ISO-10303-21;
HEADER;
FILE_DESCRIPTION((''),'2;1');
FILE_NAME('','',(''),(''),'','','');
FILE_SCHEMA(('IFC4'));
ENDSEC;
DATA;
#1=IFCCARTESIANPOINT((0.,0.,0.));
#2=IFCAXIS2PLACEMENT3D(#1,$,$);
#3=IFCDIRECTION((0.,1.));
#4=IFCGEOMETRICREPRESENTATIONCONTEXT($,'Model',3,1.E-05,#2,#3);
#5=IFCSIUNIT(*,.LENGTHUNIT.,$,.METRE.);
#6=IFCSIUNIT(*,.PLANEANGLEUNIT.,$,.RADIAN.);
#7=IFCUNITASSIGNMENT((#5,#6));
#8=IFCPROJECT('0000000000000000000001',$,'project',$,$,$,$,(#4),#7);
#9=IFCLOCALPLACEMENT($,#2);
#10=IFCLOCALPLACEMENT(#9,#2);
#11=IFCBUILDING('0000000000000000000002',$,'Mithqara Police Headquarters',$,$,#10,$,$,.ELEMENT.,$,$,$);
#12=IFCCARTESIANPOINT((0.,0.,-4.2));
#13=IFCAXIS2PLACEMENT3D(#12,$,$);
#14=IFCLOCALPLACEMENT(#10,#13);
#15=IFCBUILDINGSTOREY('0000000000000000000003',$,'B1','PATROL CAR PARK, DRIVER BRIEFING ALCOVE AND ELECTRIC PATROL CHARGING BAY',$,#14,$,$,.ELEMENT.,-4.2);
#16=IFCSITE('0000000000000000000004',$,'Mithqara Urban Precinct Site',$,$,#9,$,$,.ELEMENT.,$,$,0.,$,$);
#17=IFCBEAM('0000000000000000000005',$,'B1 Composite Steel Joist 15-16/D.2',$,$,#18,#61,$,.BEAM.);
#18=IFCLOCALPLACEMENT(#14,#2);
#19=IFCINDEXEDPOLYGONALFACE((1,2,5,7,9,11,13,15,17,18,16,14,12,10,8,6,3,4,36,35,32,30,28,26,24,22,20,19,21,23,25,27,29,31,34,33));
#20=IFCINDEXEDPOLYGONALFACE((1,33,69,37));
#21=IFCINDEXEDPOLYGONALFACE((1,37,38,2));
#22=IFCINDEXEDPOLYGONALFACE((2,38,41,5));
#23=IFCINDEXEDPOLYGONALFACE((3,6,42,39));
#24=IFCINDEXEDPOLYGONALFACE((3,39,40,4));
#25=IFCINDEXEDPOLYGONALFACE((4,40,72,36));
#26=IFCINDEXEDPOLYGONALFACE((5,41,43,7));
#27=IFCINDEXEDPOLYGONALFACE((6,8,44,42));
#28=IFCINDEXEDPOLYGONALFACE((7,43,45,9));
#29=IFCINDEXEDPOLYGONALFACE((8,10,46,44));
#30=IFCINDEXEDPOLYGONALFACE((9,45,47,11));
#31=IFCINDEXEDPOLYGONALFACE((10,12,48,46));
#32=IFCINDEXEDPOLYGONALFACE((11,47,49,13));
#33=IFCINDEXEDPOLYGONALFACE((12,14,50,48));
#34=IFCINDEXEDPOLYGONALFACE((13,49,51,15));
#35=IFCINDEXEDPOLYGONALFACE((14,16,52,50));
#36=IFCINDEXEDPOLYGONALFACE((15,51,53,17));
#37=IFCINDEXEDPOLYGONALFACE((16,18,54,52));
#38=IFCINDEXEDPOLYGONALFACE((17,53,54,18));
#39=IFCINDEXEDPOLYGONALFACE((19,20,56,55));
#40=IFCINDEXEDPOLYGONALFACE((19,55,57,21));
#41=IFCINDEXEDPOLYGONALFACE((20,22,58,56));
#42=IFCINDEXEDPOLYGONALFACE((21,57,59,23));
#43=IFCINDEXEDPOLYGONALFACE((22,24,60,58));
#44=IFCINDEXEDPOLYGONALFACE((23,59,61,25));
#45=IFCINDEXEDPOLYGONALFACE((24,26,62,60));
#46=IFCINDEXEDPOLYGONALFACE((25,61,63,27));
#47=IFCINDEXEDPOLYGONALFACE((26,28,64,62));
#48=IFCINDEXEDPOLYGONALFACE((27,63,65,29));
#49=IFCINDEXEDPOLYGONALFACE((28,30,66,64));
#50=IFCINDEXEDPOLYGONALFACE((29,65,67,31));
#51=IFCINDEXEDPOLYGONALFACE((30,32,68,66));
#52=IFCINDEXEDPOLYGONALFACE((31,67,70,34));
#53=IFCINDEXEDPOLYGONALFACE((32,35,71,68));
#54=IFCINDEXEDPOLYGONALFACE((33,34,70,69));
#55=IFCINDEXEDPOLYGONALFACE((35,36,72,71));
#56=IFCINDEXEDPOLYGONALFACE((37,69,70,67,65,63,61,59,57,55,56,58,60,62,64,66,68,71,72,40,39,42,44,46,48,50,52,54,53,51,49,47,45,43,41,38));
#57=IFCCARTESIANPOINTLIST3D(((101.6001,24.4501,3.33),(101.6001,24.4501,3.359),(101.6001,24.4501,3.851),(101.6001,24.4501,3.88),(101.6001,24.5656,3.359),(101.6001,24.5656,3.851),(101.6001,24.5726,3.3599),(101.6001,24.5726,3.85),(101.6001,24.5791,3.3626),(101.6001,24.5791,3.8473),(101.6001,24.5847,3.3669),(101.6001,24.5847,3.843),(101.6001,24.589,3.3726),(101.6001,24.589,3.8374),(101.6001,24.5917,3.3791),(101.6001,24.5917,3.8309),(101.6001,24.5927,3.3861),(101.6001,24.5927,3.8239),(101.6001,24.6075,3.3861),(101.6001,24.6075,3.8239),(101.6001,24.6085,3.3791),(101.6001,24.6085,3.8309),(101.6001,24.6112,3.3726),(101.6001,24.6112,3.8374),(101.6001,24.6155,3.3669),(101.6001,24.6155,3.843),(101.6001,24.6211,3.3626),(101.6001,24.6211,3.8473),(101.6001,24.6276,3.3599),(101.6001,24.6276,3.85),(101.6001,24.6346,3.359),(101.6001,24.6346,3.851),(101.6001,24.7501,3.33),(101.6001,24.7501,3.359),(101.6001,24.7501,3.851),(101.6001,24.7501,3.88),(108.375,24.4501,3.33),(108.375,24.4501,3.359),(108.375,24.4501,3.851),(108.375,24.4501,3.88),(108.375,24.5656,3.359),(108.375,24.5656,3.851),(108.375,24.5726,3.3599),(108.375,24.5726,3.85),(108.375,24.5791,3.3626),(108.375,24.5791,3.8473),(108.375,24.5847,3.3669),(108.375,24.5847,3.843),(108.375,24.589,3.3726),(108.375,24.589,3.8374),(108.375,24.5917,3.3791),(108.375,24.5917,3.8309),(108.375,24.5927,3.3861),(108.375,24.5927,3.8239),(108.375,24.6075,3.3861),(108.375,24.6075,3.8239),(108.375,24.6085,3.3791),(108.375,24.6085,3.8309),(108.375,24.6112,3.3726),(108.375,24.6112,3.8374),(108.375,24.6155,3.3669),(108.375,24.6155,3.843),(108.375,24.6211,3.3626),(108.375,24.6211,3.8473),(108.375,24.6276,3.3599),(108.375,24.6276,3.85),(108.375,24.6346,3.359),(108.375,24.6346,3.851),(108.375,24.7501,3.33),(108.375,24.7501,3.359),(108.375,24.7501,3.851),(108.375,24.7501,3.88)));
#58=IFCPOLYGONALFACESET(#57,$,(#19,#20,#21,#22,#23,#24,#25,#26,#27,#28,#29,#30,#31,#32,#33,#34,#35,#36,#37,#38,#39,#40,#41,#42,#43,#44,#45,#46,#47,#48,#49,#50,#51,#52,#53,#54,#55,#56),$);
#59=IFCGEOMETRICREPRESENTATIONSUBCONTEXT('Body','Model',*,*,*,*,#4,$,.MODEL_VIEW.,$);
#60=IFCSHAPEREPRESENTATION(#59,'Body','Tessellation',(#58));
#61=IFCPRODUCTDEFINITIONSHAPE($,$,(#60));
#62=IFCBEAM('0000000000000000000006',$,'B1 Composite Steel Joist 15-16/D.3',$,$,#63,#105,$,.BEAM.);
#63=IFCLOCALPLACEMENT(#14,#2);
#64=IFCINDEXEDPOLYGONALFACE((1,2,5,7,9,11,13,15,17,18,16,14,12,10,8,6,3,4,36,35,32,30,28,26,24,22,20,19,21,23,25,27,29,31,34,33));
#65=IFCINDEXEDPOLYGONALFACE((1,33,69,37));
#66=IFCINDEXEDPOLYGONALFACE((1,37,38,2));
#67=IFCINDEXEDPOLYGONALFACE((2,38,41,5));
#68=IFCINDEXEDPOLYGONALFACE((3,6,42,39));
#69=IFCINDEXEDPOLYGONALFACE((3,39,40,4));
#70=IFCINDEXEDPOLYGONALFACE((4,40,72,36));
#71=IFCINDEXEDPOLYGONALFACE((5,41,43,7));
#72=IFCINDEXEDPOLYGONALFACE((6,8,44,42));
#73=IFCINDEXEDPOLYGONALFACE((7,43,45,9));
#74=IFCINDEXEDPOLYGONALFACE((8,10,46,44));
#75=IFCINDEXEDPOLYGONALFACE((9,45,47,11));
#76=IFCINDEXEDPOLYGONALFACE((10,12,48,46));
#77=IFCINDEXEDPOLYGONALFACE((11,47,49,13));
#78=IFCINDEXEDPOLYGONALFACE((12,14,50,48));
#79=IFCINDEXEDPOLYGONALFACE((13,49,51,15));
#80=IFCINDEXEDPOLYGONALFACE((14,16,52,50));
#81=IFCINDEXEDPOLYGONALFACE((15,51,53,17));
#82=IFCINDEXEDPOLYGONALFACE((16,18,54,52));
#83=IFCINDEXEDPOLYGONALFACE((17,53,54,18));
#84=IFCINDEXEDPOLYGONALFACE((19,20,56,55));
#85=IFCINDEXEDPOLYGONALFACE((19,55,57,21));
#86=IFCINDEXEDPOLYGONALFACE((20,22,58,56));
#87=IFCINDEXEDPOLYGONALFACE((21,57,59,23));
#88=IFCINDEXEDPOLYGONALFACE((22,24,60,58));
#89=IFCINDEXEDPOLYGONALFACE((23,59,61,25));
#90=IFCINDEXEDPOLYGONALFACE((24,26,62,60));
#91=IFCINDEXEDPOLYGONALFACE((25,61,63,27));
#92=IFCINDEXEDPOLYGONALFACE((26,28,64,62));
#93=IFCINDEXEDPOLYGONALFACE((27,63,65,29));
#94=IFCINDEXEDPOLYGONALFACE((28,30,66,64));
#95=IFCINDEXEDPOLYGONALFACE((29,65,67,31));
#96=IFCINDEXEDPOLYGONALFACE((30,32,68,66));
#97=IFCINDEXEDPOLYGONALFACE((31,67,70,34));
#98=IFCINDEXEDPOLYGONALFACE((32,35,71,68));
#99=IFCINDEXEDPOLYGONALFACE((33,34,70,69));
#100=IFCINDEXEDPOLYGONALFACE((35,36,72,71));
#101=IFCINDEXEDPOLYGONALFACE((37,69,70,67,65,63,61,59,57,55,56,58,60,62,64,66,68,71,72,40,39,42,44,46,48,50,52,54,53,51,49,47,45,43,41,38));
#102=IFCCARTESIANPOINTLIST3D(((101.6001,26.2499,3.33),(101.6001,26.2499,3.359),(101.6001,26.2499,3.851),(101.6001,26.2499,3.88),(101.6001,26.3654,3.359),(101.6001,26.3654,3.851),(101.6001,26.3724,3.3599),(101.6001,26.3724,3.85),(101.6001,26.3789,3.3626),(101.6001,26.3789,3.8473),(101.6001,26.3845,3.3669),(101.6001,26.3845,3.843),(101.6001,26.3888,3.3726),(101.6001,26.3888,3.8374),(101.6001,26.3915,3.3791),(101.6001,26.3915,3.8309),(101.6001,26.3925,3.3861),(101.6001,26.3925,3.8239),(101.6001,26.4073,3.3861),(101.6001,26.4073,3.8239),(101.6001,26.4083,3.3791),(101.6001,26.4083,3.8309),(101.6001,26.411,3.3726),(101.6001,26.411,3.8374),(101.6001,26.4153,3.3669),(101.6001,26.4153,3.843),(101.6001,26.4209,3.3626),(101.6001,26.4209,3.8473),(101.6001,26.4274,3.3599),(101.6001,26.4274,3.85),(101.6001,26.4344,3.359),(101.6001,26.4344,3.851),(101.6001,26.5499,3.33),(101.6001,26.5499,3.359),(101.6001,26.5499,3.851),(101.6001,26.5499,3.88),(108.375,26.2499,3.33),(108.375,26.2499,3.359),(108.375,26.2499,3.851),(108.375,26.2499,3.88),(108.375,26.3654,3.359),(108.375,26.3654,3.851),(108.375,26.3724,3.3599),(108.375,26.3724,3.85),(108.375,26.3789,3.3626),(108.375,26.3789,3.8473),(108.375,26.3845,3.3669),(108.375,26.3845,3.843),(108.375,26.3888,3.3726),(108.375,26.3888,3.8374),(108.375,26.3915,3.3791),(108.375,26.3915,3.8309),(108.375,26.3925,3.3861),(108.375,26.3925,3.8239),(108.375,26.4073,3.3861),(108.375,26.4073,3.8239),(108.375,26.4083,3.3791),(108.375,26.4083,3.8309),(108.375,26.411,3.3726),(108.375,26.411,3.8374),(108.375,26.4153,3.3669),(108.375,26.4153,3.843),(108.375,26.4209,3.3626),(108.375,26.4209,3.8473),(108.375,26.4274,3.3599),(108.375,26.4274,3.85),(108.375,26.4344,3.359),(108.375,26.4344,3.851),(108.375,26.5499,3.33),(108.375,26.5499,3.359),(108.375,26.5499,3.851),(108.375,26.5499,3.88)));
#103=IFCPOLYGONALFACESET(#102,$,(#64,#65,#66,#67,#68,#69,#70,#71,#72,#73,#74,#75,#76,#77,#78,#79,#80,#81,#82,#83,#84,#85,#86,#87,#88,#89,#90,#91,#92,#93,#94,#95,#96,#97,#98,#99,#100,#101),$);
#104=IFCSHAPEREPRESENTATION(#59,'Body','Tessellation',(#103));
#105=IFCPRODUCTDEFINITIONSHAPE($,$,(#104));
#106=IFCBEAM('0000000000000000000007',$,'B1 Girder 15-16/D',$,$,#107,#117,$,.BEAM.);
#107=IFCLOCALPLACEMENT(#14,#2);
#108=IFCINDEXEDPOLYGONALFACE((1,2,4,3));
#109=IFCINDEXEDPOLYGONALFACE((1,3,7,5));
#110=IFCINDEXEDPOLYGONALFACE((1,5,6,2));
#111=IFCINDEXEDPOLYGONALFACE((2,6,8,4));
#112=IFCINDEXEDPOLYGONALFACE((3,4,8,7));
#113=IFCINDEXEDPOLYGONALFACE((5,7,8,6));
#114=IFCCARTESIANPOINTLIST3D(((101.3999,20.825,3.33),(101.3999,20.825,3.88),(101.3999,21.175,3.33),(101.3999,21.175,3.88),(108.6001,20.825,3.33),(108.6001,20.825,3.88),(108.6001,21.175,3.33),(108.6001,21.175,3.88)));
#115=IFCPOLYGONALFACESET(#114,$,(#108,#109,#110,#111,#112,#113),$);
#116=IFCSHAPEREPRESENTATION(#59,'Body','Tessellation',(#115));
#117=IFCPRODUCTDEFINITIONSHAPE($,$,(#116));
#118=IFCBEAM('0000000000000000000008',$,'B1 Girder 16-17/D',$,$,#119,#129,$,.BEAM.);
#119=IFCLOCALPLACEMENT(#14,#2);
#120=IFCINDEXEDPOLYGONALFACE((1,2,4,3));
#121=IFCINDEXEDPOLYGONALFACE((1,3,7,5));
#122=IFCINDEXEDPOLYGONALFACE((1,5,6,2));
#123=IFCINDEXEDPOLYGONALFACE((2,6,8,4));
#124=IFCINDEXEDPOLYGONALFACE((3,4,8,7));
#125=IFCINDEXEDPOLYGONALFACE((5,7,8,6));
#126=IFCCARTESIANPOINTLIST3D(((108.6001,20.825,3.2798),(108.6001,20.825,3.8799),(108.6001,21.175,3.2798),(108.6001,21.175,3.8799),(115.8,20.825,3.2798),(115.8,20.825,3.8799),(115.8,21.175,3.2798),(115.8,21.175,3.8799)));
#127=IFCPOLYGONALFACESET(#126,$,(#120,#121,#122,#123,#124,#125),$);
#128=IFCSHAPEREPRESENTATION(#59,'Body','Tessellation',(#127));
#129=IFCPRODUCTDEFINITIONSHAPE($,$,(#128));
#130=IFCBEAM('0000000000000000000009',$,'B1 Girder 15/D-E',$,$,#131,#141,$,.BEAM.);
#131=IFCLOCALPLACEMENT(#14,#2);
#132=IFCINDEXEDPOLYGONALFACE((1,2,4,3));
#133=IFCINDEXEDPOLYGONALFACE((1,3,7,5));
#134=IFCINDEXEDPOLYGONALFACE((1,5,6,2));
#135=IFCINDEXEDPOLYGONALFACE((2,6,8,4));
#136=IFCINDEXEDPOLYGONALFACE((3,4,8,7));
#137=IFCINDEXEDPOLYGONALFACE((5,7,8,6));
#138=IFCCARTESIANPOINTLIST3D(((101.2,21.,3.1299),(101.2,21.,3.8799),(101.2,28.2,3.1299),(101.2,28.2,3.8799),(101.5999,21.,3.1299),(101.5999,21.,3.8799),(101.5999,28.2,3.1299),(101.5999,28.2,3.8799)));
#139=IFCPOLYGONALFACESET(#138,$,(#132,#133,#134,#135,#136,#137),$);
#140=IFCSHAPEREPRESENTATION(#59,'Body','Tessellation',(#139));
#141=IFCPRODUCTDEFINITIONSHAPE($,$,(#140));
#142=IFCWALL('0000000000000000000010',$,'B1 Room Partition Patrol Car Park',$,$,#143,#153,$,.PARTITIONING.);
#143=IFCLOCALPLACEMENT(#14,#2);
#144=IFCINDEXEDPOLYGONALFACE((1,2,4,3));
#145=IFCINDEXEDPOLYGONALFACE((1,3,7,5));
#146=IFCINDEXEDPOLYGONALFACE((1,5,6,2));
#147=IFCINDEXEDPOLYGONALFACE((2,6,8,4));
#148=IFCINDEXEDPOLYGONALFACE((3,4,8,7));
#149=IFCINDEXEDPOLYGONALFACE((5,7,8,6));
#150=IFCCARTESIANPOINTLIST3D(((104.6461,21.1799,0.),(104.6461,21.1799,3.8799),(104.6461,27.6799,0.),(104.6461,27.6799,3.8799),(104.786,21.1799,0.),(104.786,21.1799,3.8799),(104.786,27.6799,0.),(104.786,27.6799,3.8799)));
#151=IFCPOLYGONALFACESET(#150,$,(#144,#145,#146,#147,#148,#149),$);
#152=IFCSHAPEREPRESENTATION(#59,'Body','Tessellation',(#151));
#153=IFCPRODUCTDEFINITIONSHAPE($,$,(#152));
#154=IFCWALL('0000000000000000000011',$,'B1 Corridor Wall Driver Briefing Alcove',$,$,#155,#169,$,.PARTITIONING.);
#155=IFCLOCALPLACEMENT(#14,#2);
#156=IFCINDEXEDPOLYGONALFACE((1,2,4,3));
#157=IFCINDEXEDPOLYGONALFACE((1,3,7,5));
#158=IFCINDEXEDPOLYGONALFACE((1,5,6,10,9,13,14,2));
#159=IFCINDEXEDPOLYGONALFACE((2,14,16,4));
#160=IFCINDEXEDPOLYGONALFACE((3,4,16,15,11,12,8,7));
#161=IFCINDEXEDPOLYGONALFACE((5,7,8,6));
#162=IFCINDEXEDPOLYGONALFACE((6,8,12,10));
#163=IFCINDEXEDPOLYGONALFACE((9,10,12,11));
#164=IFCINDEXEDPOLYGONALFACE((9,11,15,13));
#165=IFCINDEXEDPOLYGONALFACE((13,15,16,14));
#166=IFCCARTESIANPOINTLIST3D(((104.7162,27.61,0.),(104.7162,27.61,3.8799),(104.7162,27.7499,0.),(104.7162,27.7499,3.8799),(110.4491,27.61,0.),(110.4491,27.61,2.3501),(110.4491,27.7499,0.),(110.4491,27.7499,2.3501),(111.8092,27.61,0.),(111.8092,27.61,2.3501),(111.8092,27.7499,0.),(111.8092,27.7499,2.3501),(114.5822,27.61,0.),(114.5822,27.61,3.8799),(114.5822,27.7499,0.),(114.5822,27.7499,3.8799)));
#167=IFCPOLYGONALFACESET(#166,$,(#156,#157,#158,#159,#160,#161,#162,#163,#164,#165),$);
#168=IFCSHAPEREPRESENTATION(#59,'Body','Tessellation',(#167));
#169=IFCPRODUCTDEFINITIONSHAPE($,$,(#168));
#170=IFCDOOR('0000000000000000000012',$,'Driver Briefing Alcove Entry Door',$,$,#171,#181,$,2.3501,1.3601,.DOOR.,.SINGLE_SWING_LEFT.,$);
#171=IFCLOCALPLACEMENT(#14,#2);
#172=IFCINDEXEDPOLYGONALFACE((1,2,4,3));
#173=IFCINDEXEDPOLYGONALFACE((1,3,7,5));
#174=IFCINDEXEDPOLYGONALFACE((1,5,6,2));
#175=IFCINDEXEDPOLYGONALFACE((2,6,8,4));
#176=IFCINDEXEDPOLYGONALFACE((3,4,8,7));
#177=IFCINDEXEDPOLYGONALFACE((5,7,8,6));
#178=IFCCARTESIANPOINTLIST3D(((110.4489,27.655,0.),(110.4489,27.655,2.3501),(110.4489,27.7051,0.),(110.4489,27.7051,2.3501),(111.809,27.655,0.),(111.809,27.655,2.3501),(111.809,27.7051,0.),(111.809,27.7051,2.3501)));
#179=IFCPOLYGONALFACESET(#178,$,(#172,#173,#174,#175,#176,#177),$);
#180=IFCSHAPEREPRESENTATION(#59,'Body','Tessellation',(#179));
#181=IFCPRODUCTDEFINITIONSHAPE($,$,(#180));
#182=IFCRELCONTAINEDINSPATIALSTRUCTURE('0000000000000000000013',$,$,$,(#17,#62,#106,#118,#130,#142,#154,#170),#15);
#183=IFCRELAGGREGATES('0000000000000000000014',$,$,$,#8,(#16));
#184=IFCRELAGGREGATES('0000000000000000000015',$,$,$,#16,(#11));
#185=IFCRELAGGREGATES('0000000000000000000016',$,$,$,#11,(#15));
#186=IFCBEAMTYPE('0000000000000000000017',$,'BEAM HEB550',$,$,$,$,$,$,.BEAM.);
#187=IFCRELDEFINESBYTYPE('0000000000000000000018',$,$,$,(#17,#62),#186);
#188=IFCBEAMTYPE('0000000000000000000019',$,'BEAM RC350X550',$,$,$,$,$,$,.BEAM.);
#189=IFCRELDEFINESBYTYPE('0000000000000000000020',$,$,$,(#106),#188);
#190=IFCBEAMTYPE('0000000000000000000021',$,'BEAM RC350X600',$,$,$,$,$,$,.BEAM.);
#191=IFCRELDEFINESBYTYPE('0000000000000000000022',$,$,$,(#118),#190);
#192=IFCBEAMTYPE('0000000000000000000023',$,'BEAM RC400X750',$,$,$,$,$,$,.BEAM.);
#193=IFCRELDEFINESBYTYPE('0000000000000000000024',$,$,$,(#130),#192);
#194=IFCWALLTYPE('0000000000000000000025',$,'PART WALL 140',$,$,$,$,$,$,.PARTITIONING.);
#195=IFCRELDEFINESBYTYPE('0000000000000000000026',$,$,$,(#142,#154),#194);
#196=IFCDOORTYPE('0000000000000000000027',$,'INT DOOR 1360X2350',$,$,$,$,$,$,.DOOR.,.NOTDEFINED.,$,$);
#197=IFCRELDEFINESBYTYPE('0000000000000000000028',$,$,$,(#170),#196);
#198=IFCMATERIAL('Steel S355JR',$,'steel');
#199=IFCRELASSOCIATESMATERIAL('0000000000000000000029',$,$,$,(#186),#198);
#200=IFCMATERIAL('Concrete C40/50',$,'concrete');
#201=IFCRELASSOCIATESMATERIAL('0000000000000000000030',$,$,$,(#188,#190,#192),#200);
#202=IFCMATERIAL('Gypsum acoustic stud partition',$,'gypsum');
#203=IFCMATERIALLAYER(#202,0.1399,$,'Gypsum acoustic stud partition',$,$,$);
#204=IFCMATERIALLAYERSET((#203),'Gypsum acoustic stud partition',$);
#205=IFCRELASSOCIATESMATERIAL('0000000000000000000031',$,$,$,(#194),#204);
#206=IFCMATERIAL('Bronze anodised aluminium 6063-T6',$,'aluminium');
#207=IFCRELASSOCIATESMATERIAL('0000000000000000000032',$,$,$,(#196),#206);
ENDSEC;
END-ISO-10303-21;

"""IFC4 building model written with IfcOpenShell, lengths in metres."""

from ifc_helpers import new_model, si_unit, direction, frame, frame_2d, origin, origin_2d, place, context, subcontext, project, spatial, rectangle, i_section, extrude, material, layer, layer_set, material_profile, profile_set, type_object, element, fill, save


model = new_model("IFC4")

# Units and contexts
model_context = context("Model", 3, precision=1e-05, world=origin(), true_north=direction((0.0, 1.0)))
body_context = subcontext(model_context, "Body", "Model", "MODEL_VIEW")
ifc_project = project(units=[si_unit("LENGTHUNIT", "METRE"), si_unit("PLANEANGLEUNIT", "RADIAN")], contexts=[model_context])

# Site, building, storey
site_placement = place(None, origin())
site = spatial("IfcSite", under=ifc_project, at=site_placement, Name="Mithqara Urban Precinct Site", CompositionType="ELEMENT", RefElevation=0.0)
building_placement = place(site_placement, origin())
building = spatial("IfcBuilding", under=site, at=building_placement, Name="Mithqara Police Headquarters", CompositionType="ELEMENT")
storey_placement = place(building_placement, frame((0.0, 0.0, -4.2)))
storey = spatial("IfcBuildingStorey", under=building, at=storey_placement, Name="B1", Description="PATROL CAR PARK, DRIVER BRIEFING ALCOVE AND ELECTRIC PATROL CHARGING BAY", CompositionType="ELEMENT", Elevation=-4.2)

# Shared definitions
ifc_material_1 = material(Name="Concrete C40/50", Category="concrete")

# Beams
ifc_material_2 = material(Name="Steel S355JR", Category="steel")
ifc_material_profile_1 = material_profile(ifc_material_2, i_section(OverallWidth=0.3, OverallDepth=0.55, WebThickness=0.0149, FlangeThickness=0.0291, FilletRadius=0.0271, at=origin_2d()), Name="HEB 550")
ifc_profile_set_1 = profile_set([ifc_material_profile_1], Name="Steel S355JR")
beam_type_1 = type_object("IfcBeamType", Name="BEAM HEB550", PredefinedType="BEAM", material=ifc_profile_set_1)
for number, where, z_axis, x_axis, name in (
    (1, (101.6001, 24.6001, 3.605), (1.0, 0.0, 0.0), (0.0, 1.0, 0.0), "B1 Composite Steel Joist 15-16/D.2"),
    (2, (101.6001, 26.3999, 3.605), (1.0, 0.0, 0.0), (0.0, 1.0, 0.0), "B1 Composite Steel Joist 15-16/D.3"),
):
    element("IfcBeam", number, at=place(storey_placement, frame(where, z_axis=z_axis, x_axis=x_axis)), inside=storey, type_object=beam_type_1, Name=name, PredefinedType="BEAM", context=body_context, shape_type="SweptSolid", body=[
        extrude(i_section(OverallWidth=0.3, OverallDepth=0.55, WebThickness=0.0149, FlangeThickness=0.0291, FilletRadius=0.0271, at=origin_2d()), origin(), (0.0, 0.0, 1.0), 6.7749),
    ])
ifc_material_profile_2 = material_profile(ifc_material_1, rectangle(XDim=0.3501, YDim=0.55, at=origin_2d()), Name="RC 350x550")
ifc_profile_set_2 = profile_set([ifc_material_profile_2], Name="Concrete C40/50")
beam_type_2 = type_object("IfcBeamType", Name="BEAM RC350X550", PredefinedType="BEAM", material=ifc_profile_set_2)
beam_1_placement = place(storey_placement, frame((101.3999, 21.0, 3.605), z_axis=(1.0, 0.0, 0.0), x_axis=(0.0, 1.0, 0.0)))
element("IfcBeam", 3, at=beam_1_placement, inside=storey, type_object=beam_type_2, Name="B1 Girder 15-16/D", PredefinedType="BEAM", context=body_context, shape_type="SweptSolid", body=[
    extrude(rectangle(XDim=0.3501, YDim=0.55, at=origin_2d()), origin(), (0.0, 0.0, 1.0), 7.2002),
])
ifc_material_profile_3 = material_profile(ifc_material_1, rectangle(XDim=0.3501, YDim=0.6001, at=origin_2d()), Name="RC 350x600")
ifc_profile_set_3 = profile_set([ifc_material_profile_3], Name="Concrete C40/50")
beam_type_3 = type_object("IfcBeamType", Name="BEAM RC350X600", PredefinedType="BEAM", material=ifc_profile_set_3)
beam_2_placement = place(storey_placement, frame((108.6001, 21.0, 3.5798), z_axis=(1.0, 0.0, 0.0), x_axis=(0.0, 1.0, 0.0)))
element("IfcBeam", 4, at=beam_2_placement, inside=storey, type_object=beam_type_3, Name="B1 Girder 16-17/D", PredefinedType="BEAM", context=body_context, shape_type="SweptSolid", body=[
    extrude(rectangle(XDim=0.3501, YDim=0.6001, at=origin_2d()), origin(), (0.0, 0.0, 1.0), 7.2),
])
ifc_material_profile_4 = material_profile(ifc_material_1, rectangle(XDim=0.3999, YDim=0.75, at=origin_2d()), Name="RC 400x750")
ifc_profile_set_4 = profile_set([ifc_material_profile_4], Name="Concrete C40/50")
beam_type_4 = type_object("IfcBeamType", Name="BEAM RC400X750", PredefinedType="BEAM", material=ifc_profile_set_4)
beam_3_placement = place(storey_placement, frame((101.3999, 21.0, 3.5049), z_axis=(0.0, 1.0, 0.0), x_axis=(-1.0, 0.0, 0.0)))
element("IfcBeam", 5, at=beam_3_placement, inside=storey, type_object=beam_type_4, Name="B1 Girder 15/D-E", PredefinedType="BEAM", context=body_context, shape_type="SweptSolid", body=[
    extrude(rectangle(XDim=0.3999, YDim=0.75, at=origin_2d()), origin(), (0.0, 0.0, 1.0), 7.2),
])

# Wall
ifc_material_3 = material(Name="Gypsum acoustic stud partition", Category="gypsum")
ifc_layer = layer(ifc_material_3, 0.1399, Name="Gypsum acoustic stud partition")
ifc_layer_set = layer_set([ifc_layer], Name="Gypsum acoustic stud partition")
wall_type = type_object("IfcWallType", Name="PART WALL 140", PredefinedType="PARTITIONING", material=ifc_layer_set)
wall_1_placement = place(storey_placement, frame((104.7161, 21.1799, 0.0), z_axis=(0.0, 0.0, 1.0), x_axis=(0.0, 1.0, 0.0)))
element("IfcWall", 6, at=wall_1_placement, inside=storey, type_object=wall_type, Name="B1 Room Partition Patrol Car Park", PredefinedType="PARTITIONING", context=body_context, shape_type="SweptSolid", body=[
    extrude(rectangle(XDim=6.5, YDim=0.1399, at=frame_2d((3.25, 0.0))), origin(), (0.0, 0.0, 1.0), 3.8799),
])

# Wall, opening, door
wall_2_placement = place(storey_placement, frame((104.7161, 27.6799, 0.0), z_axis=(0.0, 0.0, 1.0), x_axis=(1.0, 0.0, 0.0)))
wall_2 = element("IfcWall", 7, at=wall_2_placement, inside=storey, type_object=wall_type, Name="B1 Corridor Wall Driver Briefing Alcove", PredefinedType="PARTITIONING", context=body_context, shape_type="SweptSolid", body=[
    extrude(rectangle(XDim=9.866, YDim=0.1399, at=frame_2d((4.9331, 0.0))), origin(), (0.0, 0.0, 1.0), 3.8799),
])
opening_placement = place(wall_2_placement, frame((5.7329, 0.0, 0.0)))
opening = element("IfcOpeningElement", 8, at=opening_placement, cuts=wall_2, PredefinedType="OPENING", context=body_context, shape_type="SweptSolid", body=[
    extrude(rectangle(XDim=1.3601, YDim=2.3501, at=frame_2d((0.6802, 1.175))), frame((0.0, 0.0801, 0.0), z_axis=(0.0, -1.0, 0.0), x_axis=(1.0, 0.0, 0.0)), (0.0, 0.0, 1.0), 0.1599),
])
ifc_material_4 = material(Name="Bronze anodised aluminium 6063-T6", Category="aluminium")
door_type = type_object("IfcDoorType", Name="INT DOOR 1360X2350", OperationType="NOTDEFINED", PredefinedType="DOOR", material=ifc_material_4)
door_placement = place(opening_placement, frame((1.3601, 0.0, 0.0), z_axis=(0.0, 0.0, 1.0), x_axis=(-1.0, 0.0, 0.0)))
door = element("IfcDoor", 9, at=door_placement, inside=storey, type_object=door_type, Name="Driver Briefing Alcove Entry Door", OperationType="SINGLE_SWING_LEFT", OverallHeight=2.3501, OverallWidth=1.3601, PredefinedType="DOOR", context=body_context, shape_type="SweptSolid", body=[
    extrude(rectangle(XDim=1.3601, YDim=2.3501, at=frame_2d((0.6802, 1.175))), frame((0.0, 0.0249, 0.0), z_axis=(0.0, -1.0, 0.0), x_axis=(1.0, 0.0, 0.0)), (0.0, 0.0, 1.0), 0.05),
])
fill(opening, door)

save(model, "model.ifc")
